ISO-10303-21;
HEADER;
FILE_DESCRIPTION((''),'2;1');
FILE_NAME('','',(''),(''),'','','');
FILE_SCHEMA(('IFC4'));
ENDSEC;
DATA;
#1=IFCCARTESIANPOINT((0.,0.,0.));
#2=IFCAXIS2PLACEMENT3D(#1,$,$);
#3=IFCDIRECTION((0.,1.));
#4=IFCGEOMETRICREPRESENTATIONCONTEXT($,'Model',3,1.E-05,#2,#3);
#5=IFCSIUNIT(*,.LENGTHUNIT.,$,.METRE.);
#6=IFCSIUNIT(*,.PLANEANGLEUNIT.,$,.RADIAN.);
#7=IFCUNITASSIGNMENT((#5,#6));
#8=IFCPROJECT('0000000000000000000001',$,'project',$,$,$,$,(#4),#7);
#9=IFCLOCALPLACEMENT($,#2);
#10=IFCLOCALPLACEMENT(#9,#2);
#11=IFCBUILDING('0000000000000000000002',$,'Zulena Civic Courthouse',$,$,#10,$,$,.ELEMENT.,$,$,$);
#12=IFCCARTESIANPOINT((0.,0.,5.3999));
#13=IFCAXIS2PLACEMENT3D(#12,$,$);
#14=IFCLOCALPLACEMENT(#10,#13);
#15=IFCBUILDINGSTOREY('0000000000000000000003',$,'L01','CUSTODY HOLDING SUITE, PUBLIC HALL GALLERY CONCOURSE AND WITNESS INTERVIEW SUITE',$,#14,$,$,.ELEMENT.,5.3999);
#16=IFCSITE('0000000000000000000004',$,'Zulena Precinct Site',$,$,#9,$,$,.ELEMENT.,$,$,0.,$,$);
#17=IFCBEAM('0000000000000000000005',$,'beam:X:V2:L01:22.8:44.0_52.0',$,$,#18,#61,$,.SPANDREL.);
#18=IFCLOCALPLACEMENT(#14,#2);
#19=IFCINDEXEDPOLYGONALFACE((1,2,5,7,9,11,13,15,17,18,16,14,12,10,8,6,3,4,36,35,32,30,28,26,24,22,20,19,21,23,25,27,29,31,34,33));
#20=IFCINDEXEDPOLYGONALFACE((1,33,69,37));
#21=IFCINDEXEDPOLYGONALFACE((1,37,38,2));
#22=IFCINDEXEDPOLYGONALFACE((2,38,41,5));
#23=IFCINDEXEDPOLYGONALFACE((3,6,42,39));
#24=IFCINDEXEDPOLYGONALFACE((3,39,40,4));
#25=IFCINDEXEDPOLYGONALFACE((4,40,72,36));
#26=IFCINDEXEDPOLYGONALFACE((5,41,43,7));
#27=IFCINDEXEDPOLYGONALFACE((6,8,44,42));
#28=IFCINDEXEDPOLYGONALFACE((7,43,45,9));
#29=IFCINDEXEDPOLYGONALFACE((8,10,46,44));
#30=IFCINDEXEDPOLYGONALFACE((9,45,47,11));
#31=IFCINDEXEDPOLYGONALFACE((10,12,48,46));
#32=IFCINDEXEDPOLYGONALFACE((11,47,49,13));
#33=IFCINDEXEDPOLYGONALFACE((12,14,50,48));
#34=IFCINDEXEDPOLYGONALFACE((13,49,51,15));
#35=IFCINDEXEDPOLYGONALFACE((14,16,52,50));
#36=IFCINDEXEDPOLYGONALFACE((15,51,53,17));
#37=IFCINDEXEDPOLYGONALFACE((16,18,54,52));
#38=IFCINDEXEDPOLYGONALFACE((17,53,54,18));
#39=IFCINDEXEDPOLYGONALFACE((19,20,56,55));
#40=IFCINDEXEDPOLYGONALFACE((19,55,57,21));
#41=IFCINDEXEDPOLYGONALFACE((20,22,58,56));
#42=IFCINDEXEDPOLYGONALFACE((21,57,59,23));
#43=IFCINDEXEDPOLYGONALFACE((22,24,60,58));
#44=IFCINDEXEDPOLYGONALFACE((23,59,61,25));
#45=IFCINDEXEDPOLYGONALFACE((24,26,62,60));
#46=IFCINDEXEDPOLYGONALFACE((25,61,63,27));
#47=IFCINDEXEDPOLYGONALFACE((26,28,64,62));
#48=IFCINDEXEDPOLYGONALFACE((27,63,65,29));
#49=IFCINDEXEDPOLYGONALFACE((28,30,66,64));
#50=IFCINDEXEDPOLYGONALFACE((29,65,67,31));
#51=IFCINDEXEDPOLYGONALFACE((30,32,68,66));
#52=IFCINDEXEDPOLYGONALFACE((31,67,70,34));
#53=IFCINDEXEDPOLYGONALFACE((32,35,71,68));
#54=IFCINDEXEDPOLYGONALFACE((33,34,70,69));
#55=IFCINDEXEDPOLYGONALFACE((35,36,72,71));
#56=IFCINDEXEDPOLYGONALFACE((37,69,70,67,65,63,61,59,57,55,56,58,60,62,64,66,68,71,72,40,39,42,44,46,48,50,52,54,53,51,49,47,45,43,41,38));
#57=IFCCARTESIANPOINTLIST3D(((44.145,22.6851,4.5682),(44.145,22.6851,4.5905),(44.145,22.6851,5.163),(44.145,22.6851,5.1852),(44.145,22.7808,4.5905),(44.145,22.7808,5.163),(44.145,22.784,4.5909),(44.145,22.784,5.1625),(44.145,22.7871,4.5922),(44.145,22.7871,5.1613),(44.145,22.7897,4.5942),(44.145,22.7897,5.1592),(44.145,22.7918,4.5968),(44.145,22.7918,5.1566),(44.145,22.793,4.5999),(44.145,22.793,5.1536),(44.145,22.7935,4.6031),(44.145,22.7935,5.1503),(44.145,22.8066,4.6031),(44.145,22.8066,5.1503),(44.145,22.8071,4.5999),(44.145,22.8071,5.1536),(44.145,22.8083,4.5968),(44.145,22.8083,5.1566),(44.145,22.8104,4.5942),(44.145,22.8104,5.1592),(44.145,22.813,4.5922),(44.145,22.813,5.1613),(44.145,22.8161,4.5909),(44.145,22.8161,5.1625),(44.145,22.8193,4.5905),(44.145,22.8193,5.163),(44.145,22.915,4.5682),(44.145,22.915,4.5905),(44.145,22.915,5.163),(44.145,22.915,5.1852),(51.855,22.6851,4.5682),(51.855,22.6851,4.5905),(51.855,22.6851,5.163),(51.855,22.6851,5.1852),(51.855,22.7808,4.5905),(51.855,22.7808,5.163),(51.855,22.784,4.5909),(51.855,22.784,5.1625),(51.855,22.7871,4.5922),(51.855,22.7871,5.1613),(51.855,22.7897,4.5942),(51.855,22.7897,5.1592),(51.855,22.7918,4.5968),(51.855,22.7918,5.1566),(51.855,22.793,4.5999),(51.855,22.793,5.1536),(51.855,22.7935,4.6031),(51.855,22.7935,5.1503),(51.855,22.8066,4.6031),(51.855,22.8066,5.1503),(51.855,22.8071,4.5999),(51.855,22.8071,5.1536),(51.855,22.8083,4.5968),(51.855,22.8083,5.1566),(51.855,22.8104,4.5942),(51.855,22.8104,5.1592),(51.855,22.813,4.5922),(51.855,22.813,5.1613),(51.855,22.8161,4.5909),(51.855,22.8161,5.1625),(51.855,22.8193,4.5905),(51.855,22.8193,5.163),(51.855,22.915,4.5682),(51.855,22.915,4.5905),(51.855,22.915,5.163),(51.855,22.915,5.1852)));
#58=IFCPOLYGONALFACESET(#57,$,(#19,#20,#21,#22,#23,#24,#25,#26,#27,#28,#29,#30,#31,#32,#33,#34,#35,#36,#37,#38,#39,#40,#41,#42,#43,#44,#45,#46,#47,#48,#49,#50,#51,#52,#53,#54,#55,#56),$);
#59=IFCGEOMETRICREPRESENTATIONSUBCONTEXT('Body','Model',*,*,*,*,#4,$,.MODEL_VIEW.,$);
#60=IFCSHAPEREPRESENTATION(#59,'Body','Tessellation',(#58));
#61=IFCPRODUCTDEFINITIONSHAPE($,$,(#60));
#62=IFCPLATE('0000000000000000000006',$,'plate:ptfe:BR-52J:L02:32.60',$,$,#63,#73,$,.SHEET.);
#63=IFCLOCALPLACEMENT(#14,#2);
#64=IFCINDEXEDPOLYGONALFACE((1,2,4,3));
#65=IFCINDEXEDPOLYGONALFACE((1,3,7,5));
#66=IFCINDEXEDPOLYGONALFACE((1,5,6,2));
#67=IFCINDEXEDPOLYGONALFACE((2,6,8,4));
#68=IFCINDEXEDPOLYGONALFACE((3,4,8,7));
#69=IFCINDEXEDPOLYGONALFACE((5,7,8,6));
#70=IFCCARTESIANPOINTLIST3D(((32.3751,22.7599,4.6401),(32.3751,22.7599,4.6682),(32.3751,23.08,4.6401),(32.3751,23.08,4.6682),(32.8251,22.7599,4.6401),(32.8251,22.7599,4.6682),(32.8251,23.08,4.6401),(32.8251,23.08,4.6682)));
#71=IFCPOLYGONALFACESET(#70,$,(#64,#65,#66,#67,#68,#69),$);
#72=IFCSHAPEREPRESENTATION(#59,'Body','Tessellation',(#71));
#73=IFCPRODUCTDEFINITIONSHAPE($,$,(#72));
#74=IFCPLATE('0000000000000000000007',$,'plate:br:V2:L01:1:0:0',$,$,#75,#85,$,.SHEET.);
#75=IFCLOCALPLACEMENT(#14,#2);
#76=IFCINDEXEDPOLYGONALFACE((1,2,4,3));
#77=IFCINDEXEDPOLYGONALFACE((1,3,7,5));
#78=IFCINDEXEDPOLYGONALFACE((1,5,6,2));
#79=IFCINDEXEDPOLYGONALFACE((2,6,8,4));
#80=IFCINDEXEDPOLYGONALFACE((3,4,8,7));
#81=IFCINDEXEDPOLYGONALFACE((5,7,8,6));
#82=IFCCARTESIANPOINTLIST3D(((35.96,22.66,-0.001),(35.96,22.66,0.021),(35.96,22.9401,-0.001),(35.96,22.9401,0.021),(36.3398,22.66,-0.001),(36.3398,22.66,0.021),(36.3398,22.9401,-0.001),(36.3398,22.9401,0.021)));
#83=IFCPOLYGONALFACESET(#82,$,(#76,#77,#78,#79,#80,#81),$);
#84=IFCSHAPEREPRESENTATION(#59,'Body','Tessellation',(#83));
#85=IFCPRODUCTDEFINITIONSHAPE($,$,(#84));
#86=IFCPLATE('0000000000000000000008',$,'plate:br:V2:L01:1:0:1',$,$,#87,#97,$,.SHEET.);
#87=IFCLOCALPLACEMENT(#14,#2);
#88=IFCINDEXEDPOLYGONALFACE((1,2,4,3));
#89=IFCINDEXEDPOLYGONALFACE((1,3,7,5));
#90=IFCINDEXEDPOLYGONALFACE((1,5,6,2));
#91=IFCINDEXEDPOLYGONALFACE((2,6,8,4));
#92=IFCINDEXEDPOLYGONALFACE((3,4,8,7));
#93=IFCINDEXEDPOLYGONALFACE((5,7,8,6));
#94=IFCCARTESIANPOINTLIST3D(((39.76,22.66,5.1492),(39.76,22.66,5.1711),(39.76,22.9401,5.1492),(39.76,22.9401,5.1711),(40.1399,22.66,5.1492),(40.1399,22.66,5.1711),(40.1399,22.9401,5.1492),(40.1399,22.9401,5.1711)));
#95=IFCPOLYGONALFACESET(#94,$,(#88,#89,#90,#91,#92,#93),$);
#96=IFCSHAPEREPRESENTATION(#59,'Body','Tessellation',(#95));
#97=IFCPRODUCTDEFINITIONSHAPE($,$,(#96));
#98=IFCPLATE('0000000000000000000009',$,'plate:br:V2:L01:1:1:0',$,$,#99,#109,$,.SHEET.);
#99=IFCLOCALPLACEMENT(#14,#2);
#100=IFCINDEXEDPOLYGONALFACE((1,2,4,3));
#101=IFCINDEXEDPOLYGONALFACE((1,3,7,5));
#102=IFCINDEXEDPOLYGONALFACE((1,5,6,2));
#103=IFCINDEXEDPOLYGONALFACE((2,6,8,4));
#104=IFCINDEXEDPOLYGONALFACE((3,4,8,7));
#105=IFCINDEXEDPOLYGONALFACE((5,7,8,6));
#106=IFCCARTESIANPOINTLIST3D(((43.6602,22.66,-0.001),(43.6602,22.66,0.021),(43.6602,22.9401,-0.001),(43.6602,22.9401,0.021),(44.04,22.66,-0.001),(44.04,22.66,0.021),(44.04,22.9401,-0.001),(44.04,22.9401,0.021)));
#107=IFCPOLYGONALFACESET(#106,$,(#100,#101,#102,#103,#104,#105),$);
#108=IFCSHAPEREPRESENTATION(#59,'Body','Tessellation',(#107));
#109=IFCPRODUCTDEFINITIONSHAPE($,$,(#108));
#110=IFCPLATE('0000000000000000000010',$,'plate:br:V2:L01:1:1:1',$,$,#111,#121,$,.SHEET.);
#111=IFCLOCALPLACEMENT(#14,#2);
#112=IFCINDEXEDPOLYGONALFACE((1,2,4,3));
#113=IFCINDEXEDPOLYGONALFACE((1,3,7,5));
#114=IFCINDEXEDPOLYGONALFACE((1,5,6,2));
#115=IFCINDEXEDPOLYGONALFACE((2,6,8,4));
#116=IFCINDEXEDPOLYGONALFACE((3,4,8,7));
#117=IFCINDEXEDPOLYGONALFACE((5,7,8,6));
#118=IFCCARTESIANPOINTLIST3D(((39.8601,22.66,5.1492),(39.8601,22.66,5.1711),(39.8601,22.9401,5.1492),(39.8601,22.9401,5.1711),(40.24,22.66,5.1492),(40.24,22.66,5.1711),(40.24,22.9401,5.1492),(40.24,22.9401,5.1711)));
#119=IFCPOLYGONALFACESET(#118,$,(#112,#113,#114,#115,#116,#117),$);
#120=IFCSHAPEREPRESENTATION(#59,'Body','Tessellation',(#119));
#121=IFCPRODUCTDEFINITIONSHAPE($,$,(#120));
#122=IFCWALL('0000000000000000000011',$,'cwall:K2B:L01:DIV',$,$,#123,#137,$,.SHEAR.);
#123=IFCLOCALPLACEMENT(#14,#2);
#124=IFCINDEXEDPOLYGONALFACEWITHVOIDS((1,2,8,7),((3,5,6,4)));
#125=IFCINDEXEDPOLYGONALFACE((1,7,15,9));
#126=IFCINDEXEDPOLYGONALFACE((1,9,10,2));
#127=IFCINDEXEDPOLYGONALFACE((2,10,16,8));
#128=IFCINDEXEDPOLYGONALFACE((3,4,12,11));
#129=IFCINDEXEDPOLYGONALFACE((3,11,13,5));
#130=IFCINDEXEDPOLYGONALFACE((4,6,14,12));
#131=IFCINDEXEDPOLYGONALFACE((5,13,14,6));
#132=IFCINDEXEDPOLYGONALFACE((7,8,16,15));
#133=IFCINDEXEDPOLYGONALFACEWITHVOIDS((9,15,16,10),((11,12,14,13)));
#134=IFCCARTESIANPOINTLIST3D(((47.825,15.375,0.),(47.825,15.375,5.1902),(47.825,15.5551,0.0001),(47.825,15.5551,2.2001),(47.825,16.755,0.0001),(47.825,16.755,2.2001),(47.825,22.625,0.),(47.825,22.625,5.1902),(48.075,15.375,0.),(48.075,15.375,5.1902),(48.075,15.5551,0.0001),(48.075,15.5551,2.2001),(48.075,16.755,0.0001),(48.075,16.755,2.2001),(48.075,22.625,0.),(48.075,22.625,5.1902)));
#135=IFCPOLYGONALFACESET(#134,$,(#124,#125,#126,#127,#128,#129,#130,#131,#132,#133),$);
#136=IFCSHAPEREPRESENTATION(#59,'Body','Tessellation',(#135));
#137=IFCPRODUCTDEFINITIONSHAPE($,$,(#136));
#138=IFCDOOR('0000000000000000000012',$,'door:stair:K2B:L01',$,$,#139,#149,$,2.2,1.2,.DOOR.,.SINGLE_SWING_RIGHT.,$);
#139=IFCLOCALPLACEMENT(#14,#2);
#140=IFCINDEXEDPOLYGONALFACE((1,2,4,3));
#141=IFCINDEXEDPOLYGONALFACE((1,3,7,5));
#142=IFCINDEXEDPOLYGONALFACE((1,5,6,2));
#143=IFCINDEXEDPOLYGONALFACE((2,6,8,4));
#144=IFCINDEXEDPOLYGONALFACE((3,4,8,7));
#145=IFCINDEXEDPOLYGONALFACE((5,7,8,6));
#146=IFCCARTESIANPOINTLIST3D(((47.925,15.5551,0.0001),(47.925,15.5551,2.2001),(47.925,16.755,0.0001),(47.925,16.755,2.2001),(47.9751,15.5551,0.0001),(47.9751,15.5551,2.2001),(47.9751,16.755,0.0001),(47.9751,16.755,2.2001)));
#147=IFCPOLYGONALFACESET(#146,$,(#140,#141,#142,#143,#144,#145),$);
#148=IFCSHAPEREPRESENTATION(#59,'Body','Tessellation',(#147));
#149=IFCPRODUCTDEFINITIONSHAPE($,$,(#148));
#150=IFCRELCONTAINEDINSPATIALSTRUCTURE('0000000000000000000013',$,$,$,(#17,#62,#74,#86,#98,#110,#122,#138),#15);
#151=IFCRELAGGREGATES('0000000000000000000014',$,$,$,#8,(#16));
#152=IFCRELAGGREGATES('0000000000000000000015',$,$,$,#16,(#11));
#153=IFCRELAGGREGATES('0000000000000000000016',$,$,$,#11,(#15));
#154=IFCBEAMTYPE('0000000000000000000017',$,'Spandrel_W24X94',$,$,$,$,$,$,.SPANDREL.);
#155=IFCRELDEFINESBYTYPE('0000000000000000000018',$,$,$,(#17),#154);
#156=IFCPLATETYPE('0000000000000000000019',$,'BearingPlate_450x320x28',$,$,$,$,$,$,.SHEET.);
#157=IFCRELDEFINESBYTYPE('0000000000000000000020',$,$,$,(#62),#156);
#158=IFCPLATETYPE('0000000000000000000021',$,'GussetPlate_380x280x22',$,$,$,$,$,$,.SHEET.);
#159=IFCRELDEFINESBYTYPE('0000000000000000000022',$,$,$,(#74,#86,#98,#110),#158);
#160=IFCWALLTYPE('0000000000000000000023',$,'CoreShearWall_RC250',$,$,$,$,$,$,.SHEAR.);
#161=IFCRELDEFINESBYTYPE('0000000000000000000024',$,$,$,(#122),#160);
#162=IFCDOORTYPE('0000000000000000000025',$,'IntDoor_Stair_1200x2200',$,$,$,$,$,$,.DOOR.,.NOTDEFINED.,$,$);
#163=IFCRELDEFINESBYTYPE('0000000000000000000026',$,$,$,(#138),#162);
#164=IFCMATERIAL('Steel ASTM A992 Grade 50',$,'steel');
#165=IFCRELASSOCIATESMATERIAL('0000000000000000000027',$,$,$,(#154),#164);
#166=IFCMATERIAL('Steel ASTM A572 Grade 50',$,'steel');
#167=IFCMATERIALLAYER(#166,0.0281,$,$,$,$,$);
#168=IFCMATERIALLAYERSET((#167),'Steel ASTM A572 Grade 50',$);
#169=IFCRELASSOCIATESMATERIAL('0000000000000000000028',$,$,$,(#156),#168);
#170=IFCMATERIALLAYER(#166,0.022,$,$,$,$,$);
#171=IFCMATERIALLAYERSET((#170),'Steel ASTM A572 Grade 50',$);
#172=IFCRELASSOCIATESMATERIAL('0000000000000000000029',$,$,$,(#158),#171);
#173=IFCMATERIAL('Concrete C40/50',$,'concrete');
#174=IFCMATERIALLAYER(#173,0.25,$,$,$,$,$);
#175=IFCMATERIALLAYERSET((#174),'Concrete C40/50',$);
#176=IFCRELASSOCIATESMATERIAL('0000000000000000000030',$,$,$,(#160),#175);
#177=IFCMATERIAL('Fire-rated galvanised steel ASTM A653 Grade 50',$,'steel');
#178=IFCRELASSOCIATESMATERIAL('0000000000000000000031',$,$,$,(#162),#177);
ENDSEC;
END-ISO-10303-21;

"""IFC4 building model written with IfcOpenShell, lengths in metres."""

from ifc_helpers import new_model, si_unit, direction, frame, frame_2d, origin, origin_2d, place, context, subcontext, project, spatial, rectangle, i_section, extrude, material, layer, layer_set, material_profile, profile_set, type_object, element, fill, save


model = new_model("IFC4")

# Units and contexts
model_context = context("Model", 3, precision=1e-05, world=origin(), true_north=direction((0.0, 1.0)))
body_context = subcontext(model_context, "Body", "Model", "MODEL_VIEW")
ifc_project = project(units=[si_unit("LENGTHUNIT", "METRE"), si_unit("PLANEANGLEUNIT", "RADIAN")], contexts=[model_context])

# Site, building, storey
site_placement = place(None, origin())
site = spatial("IfcSite", under=ifc_project, at=site_placement, Name="Zulena Precinct Site", CompositionType="ELEMENT", RefElevation=0.0)
building_placement = place(site_placement, origin())
building = spatial("IfcBuilding", under=site, at=building_placement, Name="Zulena Civic Courthouse", CompositionType="ELEMENT")
storey_placement = place(building_placement, frame((0.0, 0.0, 5.3999)))
storey = spatial("IfcBuildingStorey", under=building, at=storey_placement, Name="L01", Description="CUSTODY HOLDING SUITE, PUBLIC HALL GALLERY CONCOURSE AND WITNESS INTERVIEW SUITE", CompositionType="ELEMENT", Elevation=5.3999)

# Shared definitions
ifc_material_1 = material(Name="Steel ASTM A992 Grade 50", Category="steel")

# Beam
ifc_material_profile_1 = material_profile(ifc_material_1, i_section(OverallWidth=0.23, OverallDepth=0.6169, WebThickness=0.0132, FlangeThickness=0.0222, FilletRadius=0.0127, at=origin_2d()), Name="W24X94")
ifc_profile_set_1 = profile_set([ifc_material_profile_1], Name="Steel ASTM A992 Grade 50")
beam_type_1 = type_object("IfcBeamType", Name="Spandrel_W24X94", PredefinedType="SPANDREL", material=ifc_profile_set_1)
for number, where, z_axis, x_axis, name in (
    (1, (44.145, 22.8, 4.8767), (1.0, 0.0, 0.0), (0.0, 1.0, 0.0), "beam:X:V2:L01:22.8:44.0_52.0"),
):
    element("IfcBeam", number, at=place(storey_placement, frame(where, z_axis=z_axis, x_axis=x_axis)), inside=storey, type_object=beam_type_1, Name=name, PredefinedType="SPANDREL", context=body_context, shape_type="SweptSolid", body=[
        extrude(i_section(OverallWidth=0.23, OverallDepth=0.6169, WebThickness=0.0132, FlangeThickness=0.0222, FilletRadius=0.0127, at=origin_2d()), origin(), (0.0, 0.0, 1.0), 7.71),
    ])

# Plates
ifc_material_2 = material(Name="Steel ASTM A572 Grade 50", Category="steel")
ifc_layer_1 = layer(ifc_material_2, 0.0281)
ifc_layer_set_1 = layer_set([ifc_layer_1], Name="Steel ASTM A572 Grade 50")
plate_type_1 = type_object("IfcPlateType", Name="BearingPlate_450x320x28", PredefinedType="SHEET", material=ifc_layer_set_1)
plate_placement = place(storey_placement, frame((32.6001, 22.9199, 4.6401), z_axis=(0.0, 0.0, 1.0), x_axis=(1.0, 0.0, 0.0)))
element("IfcPlate", 2, at=plate_placement, inside=storey, type_object=plate_type_1, Name="plate:ptfe:BR-52J:L02:32.60", PredefinedType="SHEET", context=body_context, shape_type="SweptSolid", body=[
    extrude(rectangle(XDim=0.45, YDim=0.3201, at=origin_2d()), origin(), (0.0, 0.0, 1.0), 0.0281),
])
ifc_layer_2 = layer(ifc_material_2, 0.022)
ifc_layer_set_2 = layer_set([ifc_layer_2], Name="Steel ASTM A572 Grade 50")
plate_type_2 = type_object("IfcPlateType", Name="GussetPlate_380x280x22", PredefinedType="SHEET", material=ifc_layer_set_2)
for number, where, z_axis, x_axis, name in (
    (3, (36.1499, 22.8, -0.001), (0.0, 0.0, 1.0), (1.0, 0.0, 0.0), "plate:br:V2:L01:1:0:0"),
    (4, (39.95, 22.8, 5.1492), (0.0, 0.0, 1.0), (1.0, 0.0, 0.0), "plate:br:V2:L01:1:0:1"),
    (5, (43.8501, 22.8, -0.001), (0.0, 0.0, 1.0), (1.0, 0.0, 0.0), "plate:br:V2:L01:1:1:0"),
    (6, (40.05, 22.8, 5.1492), (0.0, 0.0, 1.0), (1.0, 0.0, 0.0), "plate:br:V2:L01:1:1:1"),
):
    element("IfcPlate", number, at=place(storey_placement, frame(where, z_axis=z_axis, x_axis=x_axis)), inside=storey, type_object=plate_type_2, Name=name, PredefinedType="SHEET", context=body_context, shape_type="SweptSolid", body=[
        extrude(rectangle(XDim=0.3799, YDim=0.28, at=origin_2d()), origin(), (0.0, 0.0, 1.0), 0.022),
    ])

# Wall, opening, door
ifc_material_3 = material(Name="Concrete C40/50", Category="concrete")
ifc_layer_3 = layer(ifc_material_3, 0.25)
ifc_layer_set_3 = layer_set([ifc_layer_3], Name="Concrete C40/50")
wall_type_1 = type_object("IfcWallType", Name="CoreShearWall_RC250", PredefinedType="SHEAR", material=ifc_layer_set_3)
wall_1_placement = place(storey_placement, frame((47.95, 15.375, 0.0), z_axis=(0.0, 0.0, 1.0), x_axis=(0.0, 1.0, 0.0)))
wall_1 = element("IfcWall", 7, at=wall_1_placement, inside=storey, type_object=wall_type_1, Name="cwall:K2B:L01:DIV", PredefinedType="SHEAR", context=body_context, shape_type="SweptSolid", body=[
    extrude(rectangle(XDim=7.25, YDim=0.25, at=frame_2d((3.625, 0.0))), origin(), (0.0, 0.0, 1.0), 5.1902),
])
opening_1_placement = place(wall_1_placement, frame((0.1799, 0.0, 0.0)))
opening_1 = element("IfcOpeningElement", 8, at=opening_1_placement, cuts=wall_1, PredefinedType="OPENING", context=body_context, shape_type="SweptSolid", body=[
    extrude(rectangle(XDim=1.2, YDim=2.2, at=frame_2d((0.6001, 1.1001))), frame((0.0, 0.135, 0.0), z_axis=(0.0, -1.0, 0.0), x_axis=(1.0, 0.0, 0.0)), (0.0, 0.0, 1.0), 0.27),
])
ifc_material_4 = material(Name="Fire-rated galvanised steel ASTM A653 Grade 50", Category="steel")
door_type_1 = type_object("IfcDoorType", Name="IntDoor_Stair_1200x2200", OperationType="NOTDEFINED", PredefinedType="DOOR", material=ifc_material_4)
door_1_placement = place(opening_1_placement, origin())
door_1 = element("IfcDoor", 9, at=door_1_placement, inside=storey, type_object=door_type_1, Name="door:stair:K2B:L01", OperationType="SINGLE_SWING_RIGHT", OverallHeight=2.2, OverallWidth=1.2, PredefinedType="DOOR", context=body_context, shape_type="SweptSolid", body=[
    extrude(rectangle(XDim=1.2, YDim=2.2, at=frame_2d((0.6001, 1.1001))), frame((0.0, 0.0249, 0.0), z_axis=(0.0, -1.0, 0.0), x_axis=(1.0, 0.0, 0.0)), (0.0, 0.0, 1.0), 0.05),
])
fill(opening_1, door_1)

save(model, "model.ifc")
